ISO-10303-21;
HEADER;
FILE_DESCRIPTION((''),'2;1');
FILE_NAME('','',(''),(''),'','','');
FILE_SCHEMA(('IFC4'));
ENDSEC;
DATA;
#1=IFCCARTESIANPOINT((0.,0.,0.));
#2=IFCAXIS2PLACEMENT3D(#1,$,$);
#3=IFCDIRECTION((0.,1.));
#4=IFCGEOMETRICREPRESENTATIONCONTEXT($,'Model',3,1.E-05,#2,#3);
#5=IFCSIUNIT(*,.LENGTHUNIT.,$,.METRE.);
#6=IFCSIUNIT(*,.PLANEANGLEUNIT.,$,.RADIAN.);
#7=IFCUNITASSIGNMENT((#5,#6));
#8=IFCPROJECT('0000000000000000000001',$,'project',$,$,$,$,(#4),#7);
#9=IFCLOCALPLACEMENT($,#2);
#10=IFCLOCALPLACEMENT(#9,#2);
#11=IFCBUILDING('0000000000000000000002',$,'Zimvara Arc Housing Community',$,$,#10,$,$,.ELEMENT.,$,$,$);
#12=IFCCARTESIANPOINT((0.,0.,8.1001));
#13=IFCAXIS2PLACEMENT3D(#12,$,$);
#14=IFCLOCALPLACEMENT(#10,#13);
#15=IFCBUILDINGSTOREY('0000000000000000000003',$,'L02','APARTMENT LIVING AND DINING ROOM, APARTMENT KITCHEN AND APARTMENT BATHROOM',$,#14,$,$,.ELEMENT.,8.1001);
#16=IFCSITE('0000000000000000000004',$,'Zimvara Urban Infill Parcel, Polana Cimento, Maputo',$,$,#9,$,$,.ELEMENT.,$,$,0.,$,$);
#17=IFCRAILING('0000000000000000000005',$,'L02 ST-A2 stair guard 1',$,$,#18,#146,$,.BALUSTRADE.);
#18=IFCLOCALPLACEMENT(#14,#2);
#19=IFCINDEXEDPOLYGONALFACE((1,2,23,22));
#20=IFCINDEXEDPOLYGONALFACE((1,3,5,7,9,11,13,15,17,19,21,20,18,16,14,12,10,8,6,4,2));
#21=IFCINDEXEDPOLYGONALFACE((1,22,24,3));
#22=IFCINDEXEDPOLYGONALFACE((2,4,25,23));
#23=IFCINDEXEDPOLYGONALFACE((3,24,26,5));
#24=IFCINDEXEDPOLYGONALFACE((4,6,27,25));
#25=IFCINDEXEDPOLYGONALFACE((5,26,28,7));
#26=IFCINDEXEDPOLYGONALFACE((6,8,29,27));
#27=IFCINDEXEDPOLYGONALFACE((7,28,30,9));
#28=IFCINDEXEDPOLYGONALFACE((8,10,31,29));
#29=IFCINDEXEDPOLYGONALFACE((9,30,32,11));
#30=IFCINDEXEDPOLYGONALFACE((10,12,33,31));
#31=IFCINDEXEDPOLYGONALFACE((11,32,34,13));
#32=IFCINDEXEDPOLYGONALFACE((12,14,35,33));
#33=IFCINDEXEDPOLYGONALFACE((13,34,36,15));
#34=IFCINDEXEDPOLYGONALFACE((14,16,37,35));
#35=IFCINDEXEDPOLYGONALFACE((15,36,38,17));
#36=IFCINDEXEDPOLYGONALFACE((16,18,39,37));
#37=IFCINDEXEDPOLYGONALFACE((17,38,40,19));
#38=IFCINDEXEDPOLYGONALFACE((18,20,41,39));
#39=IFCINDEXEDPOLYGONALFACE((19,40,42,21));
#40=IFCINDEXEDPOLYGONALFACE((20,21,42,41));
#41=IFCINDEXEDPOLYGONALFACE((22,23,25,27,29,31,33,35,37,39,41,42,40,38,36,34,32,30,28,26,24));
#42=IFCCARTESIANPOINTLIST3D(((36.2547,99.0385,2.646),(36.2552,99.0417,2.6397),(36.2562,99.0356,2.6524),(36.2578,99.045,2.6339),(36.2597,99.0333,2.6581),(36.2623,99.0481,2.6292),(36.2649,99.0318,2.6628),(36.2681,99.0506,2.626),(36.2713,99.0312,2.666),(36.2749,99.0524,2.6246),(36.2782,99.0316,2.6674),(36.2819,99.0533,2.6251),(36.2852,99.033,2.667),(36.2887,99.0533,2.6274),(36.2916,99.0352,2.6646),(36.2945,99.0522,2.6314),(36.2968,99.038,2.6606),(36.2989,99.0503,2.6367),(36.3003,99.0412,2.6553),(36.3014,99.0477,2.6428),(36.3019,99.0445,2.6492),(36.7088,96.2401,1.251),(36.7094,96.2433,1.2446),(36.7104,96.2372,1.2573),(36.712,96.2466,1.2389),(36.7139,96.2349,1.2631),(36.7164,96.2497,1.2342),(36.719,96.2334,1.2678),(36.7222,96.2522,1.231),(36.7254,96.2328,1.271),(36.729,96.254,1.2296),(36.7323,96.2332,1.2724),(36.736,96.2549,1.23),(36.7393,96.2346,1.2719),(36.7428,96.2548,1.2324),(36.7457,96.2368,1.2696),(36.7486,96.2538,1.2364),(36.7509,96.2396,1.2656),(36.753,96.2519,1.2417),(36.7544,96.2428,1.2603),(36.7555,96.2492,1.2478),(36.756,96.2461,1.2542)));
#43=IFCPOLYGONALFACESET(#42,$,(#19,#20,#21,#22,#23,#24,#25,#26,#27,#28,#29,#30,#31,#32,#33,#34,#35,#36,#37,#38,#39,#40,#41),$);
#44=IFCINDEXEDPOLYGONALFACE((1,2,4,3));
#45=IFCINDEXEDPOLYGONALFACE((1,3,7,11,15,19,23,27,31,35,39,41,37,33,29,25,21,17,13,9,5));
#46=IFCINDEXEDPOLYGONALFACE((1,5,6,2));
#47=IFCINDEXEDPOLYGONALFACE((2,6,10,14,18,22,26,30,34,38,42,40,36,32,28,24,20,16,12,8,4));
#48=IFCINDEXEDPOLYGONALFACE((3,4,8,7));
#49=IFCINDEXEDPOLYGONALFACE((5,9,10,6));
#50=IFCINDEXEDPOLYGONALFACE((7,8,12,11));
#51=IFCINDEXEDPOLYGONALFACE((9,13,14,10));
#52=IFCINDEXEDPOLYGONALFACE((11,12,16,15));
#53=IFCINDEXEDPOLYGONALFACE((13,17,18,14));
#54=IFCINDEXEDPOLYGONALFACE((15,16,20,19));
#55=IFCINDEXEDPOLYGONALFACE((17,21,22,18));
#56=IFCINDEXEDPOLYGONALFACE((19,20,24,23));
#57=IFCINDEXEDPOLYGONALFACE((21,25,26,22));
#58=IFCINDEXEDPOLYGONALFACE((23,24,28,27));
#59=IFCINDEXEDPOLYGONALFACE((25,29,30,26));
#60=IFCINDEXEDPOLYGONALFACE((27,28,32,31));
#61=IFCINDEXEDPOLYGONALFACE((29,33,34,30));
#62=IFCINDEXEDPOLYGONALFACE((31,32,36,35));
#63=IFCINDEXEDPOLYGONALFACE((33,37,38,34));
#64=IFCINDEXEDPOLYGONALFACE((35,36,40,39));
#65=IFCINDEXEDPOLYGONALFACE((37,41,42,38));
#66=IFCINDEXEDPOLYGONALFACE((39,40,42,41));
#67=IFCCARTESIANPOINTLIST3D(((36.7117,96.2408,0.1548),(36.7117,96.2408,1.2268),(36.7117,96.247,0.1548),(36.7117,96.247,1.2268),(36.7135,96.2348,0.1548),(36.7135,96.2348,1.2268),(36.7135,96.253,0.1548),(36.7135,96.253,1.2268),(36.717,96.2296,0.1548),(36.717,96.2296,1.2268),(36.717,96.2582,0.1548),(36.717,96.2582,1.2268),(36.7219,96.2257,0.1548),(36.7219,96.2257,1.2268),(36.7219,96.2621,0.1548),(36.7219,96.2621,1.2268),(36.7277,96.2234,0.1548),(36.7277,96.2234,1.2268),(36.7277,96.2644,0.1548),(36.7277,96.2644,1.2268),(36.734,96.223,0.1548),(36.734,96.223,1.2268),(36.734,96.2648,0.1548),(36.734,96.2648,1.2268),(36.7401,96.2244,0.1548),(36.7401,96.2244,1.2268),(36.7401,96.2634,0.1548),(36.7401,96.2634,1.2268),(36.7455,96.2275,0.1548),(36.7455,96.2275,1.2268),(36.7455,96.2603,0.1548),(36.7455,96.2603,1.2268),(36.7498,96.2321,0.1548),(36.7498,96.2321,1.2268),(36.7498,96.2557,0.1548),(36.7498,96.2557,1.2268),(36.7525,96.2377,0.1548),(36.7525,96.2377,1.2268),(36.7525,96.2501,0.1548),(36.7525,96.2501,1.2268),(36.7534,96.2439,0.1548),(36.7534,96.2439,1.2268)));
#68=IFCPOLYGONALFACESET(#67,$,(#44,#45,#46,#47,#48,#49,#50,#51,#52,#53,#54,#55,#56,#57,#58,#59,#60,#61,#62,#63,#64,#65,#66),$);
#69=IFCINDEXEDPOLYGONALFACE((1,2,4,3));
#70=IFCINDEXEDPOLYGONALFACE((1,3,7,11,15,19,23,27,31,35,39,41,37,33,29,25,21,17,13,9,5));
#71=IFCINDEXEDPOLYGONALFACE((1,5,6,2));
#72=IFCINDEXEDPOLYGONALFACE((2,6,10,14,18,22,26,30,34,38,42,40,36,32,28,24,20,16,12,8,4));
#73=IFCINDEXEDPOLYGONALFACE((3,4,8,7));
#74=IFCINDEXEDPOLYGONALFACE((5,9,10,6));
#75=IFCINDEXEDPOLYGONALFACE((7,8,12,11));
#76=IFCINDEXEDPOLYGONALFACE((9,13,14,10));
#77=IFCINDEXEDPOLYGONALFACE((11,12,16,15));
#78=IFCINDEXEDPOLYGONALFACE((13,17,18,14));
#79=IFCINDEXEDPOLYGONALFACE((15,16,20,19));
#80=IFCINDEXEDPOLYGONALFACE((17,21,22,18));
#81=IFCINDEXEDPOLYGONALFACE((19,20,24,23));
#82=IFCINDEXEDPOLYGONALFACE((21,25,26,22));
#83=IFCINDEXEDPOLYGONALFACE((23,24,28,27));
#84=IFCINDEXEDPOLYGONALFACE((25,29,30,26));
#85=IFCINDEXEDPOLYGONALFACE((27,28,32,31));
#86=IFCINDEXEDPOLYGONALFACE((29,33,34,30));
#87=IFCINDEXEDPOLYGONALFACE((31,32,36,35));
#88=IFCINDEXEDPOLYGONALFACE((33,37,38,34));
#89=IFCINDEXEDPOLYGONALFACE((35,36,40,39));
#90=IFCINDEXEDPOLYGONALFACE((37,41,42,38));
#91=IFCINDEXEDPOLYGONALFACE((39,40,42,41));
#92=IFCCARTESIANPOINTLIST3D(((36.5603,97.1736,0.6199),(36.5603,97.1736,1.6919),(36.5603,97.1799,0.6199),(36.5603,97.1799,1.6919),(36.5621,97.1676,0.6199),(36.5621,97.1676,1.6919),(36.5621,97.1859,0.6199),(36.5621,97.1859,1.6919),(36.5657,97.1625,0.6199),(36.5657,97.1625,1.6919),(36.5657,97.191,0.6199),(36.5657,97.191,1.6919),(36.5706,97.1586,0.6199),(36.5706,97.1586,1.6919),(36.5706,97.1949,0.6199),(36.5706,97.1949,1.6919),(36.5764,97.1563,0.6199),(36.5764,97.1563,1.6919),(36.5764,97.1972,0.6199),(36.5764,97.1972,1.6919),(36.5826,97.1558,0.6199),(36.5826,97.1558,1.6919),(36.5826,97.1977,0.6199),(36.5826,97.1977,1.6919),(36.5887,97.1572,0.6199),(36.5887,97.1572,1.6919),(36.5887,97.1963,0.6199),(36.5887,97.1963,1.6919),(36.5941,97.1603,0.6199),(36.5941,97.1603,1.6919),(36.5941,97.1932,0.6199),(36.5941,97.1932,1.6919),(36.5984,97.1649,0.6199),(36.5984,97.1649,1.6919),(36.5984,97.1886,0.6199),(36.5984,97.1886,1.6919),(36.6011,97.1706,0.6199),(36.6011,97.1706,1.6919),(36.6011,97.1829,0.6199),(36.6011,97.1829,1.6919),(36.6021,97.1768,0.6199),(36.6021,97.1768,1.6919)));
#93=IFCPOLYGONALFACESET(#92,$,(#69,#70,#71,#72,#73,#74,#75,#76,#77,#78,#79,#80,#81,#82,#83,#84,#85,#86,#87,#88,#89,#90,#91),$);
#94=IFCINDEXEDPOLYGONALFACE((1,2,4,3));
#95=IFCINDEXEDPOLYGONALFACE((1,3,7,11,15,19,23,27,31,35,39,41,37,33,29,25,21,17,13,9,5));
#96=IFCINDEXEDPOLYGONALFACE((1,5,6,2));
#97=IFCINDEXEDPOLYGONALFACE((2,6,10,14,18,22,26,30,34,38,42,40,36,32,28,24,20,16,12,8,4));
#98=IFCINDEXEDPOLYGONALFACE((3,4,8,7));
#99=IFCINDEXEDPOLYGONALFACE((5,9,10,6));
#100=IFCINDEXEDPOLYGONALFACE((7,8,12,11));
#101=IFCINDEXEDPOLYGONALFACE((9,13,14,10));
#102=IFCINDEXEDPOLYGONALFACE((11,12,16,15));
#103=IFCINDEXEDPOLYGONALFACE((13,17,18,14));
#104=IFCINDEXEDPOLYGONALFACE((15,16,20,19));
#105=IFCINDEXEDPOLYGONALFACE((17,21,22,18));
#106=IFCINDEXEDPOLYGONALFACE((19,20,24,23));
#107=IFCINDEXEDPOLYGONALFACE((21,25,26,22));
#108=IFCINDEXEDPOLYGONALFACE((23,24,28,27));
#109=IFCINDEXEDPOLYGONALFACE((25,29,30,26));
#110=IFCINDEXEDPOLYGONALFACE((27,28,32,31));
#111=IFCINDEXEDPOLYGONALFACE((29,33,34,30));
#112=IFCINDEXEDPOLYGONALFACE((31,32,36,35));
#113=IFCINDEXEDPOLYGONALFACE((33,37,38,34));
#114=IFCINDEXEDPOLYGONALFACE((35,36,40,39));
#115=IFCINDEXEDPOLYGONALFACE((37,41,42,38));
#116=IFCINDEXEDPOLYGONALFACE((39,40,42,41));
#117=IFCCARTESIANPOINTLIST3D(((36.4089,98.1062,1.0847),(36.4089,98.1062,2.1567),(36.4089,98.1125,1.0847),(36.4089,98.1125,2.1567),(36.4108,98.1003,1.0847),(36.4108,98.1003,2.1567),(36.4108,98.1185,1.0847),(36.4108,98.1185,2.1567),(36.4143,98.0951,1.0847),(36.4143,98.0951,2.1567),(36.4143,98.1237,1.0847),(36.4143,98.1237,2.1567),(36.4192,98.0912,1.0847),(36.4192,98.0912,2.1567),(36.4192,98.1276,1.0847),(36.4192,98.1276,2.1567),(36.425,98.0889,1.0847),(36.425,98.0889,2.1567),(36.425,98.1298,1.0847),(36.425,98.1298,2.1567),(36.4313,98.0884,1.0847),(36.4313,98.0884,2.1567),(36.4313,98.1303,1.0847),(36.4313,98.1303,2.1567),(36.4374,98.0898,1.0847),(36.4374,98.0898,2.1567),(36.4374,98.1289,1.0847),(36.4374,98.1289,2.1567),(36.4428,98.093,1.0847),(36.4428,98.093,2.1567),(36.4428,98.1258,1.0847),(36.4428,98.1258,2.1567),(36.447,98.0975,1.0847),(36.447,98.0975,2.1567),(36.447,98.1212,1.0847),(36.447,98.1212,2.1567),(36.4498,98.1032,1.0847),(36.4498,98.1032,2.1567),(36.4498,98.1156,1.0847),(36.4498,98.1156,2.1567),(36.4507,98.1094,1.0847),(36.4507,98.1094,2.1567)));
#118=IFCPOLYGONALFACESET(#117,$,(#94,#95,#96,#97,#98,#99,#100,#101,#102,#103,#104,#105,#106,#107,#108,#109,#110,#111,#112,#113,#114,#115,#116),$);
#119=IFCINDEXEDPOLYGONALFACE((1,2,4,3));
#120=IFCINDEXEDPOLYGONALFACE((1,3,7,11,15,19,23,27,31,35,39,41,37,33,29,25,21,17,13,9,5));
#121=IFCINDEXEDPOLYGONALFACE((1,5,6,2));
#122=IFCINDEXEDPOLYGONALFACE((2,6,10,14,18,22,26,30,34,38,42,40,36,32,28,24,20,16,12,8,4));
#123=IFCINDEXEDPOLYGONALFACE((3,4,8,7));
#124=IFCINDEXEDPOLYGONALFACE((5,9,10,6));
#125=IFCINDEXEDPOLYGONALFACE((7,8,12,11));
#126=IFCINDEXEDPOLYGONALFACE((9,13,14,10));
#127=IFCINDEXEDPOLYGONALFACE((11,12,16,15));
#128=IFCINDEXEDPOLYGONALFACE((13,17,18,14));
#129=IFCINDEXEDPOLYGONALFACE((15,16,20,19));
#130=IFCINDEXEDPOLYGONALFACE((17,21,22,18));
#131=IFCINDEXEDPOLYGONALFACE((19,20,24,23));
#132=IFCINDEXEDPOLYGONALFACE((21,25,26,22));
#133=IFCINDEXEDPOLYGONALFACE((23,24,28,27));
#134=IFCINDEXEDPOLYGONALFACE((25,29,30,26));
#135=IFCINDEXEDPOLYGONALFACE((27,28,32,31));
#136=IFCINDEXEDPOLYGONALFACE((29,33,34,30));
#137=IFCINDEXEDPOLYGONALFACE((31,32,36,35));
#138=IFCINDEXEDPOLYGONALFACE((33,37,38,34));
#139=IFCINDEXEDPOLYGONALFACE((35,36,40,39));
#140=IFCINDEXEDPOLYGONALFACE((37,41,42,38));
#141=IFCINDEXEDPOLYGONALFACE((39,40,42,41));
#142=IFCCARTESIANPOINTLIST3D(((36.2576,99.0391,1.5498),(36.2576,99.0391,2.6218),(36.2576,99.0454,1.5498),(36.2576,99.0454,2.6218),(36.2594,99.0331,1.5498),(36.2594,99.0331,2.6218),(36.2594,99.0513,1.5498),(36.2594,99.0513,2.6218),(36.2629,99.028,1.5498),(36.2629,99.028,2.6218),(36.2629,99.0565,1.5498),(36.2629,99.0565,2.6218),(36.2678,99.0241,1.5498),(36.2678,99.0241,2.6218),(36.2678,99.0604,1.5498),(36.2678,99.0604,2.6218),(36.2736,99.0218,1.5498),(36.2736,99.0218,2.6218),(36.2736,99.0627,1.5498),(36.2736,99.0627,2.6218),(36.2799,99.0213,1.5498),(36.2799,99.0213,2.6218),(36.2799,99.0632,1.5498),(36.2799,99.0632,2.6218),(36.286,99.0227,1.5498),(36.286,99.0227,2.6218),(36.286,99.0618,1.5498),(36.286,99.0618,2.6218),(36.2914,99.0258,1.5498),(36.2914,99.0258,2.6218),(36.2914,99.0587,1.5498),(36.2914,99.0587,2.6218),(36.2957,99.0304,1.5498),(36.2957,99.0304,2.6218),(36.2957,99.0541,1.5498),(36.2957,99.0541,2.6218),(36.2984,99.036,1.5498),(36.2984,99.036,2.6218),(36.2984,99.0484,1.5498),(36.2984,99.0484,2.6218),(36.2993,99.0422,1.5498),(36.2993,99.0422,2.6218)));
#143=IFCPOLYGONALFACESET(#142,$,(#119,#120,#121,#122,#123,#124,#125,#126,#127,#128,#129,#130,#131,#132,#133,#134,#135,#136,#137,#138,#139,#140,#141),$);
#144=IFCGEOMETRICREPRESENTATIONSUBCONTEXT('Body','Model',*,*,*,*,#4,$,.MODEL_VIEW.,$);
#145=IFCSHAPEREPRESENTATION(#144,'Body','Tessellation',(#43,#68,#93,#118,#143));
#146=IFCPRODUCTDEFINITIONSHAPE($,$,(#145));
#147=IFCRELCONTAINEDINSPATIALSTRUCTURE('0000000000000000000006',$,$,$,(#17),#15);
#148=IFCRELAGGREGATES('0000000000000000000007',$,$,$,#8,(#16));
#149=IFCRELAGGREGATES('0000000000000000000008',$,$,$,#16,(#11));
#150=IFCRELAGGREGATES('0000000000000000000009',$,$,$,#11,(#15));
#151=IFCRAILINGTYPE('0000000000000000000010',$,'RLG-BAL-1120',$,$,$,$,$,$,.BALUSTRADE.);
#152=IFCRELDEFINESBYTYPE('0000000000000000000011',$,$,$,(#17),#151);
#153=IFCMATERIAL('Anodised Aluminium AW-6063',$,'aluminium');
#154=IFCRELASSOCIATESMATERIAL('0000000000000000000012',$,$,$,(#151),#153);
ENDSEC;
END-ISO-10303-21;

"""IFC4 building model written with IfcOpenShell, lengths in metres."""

from ifc_helpers import new_model, si_unit, direction, frame, origin, origin_2d, place, context, subcontext, project, spatial, circle, extrude, material, type_object, element, save


model = new_model("IFC4")

# Units and contexts
model_context = context("Model", 3, precision=1e-05, world=origin(), true_north=direction((0.0, 1.0)))
body_context = subcontext(model_context, "Body", "Model", "MODEL_VIEW")
ifc_project = project(units=[si_unit("LENGTHUNIT", "METRE"), si_unit("PLANEANGLEUNIT", "RADIAN")], contexts=[model_context])

# Site, building, storey
site_placement = place(None, origin())
site = spatial("IfcSite", under=ifc_project, at=site_placement, Name="Zimvara Urban Infill Parcel, Polana Cimento, Maputo", CompositionType="ELEMENT", RefElevation=0.0)
building_placement = place(site_placement, origin())
building = spatial("IfcBuilding", under=site, at=building_placement, Name="Zimvara Arc Housing Community", CompositionType="ELEMENT")
storey_placement = place(building_placement, frame((0.0, 0.0, 8.1001)))
storey = spatial("IfcBuildingStorey", under=building, at=storey_placement, Name="L02", Description="APARTMENT LIVING AND DINING ROOM, APARTMENT KITCHEN AND APARTMENT BATHROOM", CompositionType="ELEMENT", Elevation=8.1001)

# Railing
ifc_material_1 = material(Name="Anodised Aluminium AW-6063", Category="aluminium")
railing_type = type_object("IfcRailingType", Name="RLG-BAL-1120", PredefinedType="BALUSTRADE", material=ifc_material_1)
railing_1_placement = place(storey_placement, frame((36.7324, 96.2439, 0.1548)))
element("IfcRailing", 1, at=railing_1_placement, inside=storey, type_object=railing_type, Name="L02 ST-A2 stair guard 1", PredefinedType="BALUSTRADE", context=body_context, shape_type="SweptSolid", body=[
    extrude(circle(Radius=0.0239, at=origin_2d()), frame((0.0, 0.0, 1.0962), z_axis=(-0.143722, 0.885666, 0.44152), x_axis=(-0.987088, -0.16018, 0.0)), (0.0, 0.0, 1.0), 3.1597),
    extrude(circle(Radius=0.021, at=origin_2d()), origin(), (0.0, 0.0, 1.0), 1.072),
    extrude(circle(Radius=0.021, at=origin_2d()), frame((-0.1514, 0.9329, 0.4651)), (0.0, 0.0, 1.0), 1.072),
    extrude(circle(Radius=0.021, at=origin_2d()), frame((-0.3027, 1.8655, 0.9299)), (0.0, 0.0, 1.0), 1.072),
    extrude(circle(Radius=0.021, at=origin_2d()), frame((-0.4541, 2.7983, 1.395)), (0.0, 0.0, 1.0), 1.072),
])

save(model, "model.ifc")
